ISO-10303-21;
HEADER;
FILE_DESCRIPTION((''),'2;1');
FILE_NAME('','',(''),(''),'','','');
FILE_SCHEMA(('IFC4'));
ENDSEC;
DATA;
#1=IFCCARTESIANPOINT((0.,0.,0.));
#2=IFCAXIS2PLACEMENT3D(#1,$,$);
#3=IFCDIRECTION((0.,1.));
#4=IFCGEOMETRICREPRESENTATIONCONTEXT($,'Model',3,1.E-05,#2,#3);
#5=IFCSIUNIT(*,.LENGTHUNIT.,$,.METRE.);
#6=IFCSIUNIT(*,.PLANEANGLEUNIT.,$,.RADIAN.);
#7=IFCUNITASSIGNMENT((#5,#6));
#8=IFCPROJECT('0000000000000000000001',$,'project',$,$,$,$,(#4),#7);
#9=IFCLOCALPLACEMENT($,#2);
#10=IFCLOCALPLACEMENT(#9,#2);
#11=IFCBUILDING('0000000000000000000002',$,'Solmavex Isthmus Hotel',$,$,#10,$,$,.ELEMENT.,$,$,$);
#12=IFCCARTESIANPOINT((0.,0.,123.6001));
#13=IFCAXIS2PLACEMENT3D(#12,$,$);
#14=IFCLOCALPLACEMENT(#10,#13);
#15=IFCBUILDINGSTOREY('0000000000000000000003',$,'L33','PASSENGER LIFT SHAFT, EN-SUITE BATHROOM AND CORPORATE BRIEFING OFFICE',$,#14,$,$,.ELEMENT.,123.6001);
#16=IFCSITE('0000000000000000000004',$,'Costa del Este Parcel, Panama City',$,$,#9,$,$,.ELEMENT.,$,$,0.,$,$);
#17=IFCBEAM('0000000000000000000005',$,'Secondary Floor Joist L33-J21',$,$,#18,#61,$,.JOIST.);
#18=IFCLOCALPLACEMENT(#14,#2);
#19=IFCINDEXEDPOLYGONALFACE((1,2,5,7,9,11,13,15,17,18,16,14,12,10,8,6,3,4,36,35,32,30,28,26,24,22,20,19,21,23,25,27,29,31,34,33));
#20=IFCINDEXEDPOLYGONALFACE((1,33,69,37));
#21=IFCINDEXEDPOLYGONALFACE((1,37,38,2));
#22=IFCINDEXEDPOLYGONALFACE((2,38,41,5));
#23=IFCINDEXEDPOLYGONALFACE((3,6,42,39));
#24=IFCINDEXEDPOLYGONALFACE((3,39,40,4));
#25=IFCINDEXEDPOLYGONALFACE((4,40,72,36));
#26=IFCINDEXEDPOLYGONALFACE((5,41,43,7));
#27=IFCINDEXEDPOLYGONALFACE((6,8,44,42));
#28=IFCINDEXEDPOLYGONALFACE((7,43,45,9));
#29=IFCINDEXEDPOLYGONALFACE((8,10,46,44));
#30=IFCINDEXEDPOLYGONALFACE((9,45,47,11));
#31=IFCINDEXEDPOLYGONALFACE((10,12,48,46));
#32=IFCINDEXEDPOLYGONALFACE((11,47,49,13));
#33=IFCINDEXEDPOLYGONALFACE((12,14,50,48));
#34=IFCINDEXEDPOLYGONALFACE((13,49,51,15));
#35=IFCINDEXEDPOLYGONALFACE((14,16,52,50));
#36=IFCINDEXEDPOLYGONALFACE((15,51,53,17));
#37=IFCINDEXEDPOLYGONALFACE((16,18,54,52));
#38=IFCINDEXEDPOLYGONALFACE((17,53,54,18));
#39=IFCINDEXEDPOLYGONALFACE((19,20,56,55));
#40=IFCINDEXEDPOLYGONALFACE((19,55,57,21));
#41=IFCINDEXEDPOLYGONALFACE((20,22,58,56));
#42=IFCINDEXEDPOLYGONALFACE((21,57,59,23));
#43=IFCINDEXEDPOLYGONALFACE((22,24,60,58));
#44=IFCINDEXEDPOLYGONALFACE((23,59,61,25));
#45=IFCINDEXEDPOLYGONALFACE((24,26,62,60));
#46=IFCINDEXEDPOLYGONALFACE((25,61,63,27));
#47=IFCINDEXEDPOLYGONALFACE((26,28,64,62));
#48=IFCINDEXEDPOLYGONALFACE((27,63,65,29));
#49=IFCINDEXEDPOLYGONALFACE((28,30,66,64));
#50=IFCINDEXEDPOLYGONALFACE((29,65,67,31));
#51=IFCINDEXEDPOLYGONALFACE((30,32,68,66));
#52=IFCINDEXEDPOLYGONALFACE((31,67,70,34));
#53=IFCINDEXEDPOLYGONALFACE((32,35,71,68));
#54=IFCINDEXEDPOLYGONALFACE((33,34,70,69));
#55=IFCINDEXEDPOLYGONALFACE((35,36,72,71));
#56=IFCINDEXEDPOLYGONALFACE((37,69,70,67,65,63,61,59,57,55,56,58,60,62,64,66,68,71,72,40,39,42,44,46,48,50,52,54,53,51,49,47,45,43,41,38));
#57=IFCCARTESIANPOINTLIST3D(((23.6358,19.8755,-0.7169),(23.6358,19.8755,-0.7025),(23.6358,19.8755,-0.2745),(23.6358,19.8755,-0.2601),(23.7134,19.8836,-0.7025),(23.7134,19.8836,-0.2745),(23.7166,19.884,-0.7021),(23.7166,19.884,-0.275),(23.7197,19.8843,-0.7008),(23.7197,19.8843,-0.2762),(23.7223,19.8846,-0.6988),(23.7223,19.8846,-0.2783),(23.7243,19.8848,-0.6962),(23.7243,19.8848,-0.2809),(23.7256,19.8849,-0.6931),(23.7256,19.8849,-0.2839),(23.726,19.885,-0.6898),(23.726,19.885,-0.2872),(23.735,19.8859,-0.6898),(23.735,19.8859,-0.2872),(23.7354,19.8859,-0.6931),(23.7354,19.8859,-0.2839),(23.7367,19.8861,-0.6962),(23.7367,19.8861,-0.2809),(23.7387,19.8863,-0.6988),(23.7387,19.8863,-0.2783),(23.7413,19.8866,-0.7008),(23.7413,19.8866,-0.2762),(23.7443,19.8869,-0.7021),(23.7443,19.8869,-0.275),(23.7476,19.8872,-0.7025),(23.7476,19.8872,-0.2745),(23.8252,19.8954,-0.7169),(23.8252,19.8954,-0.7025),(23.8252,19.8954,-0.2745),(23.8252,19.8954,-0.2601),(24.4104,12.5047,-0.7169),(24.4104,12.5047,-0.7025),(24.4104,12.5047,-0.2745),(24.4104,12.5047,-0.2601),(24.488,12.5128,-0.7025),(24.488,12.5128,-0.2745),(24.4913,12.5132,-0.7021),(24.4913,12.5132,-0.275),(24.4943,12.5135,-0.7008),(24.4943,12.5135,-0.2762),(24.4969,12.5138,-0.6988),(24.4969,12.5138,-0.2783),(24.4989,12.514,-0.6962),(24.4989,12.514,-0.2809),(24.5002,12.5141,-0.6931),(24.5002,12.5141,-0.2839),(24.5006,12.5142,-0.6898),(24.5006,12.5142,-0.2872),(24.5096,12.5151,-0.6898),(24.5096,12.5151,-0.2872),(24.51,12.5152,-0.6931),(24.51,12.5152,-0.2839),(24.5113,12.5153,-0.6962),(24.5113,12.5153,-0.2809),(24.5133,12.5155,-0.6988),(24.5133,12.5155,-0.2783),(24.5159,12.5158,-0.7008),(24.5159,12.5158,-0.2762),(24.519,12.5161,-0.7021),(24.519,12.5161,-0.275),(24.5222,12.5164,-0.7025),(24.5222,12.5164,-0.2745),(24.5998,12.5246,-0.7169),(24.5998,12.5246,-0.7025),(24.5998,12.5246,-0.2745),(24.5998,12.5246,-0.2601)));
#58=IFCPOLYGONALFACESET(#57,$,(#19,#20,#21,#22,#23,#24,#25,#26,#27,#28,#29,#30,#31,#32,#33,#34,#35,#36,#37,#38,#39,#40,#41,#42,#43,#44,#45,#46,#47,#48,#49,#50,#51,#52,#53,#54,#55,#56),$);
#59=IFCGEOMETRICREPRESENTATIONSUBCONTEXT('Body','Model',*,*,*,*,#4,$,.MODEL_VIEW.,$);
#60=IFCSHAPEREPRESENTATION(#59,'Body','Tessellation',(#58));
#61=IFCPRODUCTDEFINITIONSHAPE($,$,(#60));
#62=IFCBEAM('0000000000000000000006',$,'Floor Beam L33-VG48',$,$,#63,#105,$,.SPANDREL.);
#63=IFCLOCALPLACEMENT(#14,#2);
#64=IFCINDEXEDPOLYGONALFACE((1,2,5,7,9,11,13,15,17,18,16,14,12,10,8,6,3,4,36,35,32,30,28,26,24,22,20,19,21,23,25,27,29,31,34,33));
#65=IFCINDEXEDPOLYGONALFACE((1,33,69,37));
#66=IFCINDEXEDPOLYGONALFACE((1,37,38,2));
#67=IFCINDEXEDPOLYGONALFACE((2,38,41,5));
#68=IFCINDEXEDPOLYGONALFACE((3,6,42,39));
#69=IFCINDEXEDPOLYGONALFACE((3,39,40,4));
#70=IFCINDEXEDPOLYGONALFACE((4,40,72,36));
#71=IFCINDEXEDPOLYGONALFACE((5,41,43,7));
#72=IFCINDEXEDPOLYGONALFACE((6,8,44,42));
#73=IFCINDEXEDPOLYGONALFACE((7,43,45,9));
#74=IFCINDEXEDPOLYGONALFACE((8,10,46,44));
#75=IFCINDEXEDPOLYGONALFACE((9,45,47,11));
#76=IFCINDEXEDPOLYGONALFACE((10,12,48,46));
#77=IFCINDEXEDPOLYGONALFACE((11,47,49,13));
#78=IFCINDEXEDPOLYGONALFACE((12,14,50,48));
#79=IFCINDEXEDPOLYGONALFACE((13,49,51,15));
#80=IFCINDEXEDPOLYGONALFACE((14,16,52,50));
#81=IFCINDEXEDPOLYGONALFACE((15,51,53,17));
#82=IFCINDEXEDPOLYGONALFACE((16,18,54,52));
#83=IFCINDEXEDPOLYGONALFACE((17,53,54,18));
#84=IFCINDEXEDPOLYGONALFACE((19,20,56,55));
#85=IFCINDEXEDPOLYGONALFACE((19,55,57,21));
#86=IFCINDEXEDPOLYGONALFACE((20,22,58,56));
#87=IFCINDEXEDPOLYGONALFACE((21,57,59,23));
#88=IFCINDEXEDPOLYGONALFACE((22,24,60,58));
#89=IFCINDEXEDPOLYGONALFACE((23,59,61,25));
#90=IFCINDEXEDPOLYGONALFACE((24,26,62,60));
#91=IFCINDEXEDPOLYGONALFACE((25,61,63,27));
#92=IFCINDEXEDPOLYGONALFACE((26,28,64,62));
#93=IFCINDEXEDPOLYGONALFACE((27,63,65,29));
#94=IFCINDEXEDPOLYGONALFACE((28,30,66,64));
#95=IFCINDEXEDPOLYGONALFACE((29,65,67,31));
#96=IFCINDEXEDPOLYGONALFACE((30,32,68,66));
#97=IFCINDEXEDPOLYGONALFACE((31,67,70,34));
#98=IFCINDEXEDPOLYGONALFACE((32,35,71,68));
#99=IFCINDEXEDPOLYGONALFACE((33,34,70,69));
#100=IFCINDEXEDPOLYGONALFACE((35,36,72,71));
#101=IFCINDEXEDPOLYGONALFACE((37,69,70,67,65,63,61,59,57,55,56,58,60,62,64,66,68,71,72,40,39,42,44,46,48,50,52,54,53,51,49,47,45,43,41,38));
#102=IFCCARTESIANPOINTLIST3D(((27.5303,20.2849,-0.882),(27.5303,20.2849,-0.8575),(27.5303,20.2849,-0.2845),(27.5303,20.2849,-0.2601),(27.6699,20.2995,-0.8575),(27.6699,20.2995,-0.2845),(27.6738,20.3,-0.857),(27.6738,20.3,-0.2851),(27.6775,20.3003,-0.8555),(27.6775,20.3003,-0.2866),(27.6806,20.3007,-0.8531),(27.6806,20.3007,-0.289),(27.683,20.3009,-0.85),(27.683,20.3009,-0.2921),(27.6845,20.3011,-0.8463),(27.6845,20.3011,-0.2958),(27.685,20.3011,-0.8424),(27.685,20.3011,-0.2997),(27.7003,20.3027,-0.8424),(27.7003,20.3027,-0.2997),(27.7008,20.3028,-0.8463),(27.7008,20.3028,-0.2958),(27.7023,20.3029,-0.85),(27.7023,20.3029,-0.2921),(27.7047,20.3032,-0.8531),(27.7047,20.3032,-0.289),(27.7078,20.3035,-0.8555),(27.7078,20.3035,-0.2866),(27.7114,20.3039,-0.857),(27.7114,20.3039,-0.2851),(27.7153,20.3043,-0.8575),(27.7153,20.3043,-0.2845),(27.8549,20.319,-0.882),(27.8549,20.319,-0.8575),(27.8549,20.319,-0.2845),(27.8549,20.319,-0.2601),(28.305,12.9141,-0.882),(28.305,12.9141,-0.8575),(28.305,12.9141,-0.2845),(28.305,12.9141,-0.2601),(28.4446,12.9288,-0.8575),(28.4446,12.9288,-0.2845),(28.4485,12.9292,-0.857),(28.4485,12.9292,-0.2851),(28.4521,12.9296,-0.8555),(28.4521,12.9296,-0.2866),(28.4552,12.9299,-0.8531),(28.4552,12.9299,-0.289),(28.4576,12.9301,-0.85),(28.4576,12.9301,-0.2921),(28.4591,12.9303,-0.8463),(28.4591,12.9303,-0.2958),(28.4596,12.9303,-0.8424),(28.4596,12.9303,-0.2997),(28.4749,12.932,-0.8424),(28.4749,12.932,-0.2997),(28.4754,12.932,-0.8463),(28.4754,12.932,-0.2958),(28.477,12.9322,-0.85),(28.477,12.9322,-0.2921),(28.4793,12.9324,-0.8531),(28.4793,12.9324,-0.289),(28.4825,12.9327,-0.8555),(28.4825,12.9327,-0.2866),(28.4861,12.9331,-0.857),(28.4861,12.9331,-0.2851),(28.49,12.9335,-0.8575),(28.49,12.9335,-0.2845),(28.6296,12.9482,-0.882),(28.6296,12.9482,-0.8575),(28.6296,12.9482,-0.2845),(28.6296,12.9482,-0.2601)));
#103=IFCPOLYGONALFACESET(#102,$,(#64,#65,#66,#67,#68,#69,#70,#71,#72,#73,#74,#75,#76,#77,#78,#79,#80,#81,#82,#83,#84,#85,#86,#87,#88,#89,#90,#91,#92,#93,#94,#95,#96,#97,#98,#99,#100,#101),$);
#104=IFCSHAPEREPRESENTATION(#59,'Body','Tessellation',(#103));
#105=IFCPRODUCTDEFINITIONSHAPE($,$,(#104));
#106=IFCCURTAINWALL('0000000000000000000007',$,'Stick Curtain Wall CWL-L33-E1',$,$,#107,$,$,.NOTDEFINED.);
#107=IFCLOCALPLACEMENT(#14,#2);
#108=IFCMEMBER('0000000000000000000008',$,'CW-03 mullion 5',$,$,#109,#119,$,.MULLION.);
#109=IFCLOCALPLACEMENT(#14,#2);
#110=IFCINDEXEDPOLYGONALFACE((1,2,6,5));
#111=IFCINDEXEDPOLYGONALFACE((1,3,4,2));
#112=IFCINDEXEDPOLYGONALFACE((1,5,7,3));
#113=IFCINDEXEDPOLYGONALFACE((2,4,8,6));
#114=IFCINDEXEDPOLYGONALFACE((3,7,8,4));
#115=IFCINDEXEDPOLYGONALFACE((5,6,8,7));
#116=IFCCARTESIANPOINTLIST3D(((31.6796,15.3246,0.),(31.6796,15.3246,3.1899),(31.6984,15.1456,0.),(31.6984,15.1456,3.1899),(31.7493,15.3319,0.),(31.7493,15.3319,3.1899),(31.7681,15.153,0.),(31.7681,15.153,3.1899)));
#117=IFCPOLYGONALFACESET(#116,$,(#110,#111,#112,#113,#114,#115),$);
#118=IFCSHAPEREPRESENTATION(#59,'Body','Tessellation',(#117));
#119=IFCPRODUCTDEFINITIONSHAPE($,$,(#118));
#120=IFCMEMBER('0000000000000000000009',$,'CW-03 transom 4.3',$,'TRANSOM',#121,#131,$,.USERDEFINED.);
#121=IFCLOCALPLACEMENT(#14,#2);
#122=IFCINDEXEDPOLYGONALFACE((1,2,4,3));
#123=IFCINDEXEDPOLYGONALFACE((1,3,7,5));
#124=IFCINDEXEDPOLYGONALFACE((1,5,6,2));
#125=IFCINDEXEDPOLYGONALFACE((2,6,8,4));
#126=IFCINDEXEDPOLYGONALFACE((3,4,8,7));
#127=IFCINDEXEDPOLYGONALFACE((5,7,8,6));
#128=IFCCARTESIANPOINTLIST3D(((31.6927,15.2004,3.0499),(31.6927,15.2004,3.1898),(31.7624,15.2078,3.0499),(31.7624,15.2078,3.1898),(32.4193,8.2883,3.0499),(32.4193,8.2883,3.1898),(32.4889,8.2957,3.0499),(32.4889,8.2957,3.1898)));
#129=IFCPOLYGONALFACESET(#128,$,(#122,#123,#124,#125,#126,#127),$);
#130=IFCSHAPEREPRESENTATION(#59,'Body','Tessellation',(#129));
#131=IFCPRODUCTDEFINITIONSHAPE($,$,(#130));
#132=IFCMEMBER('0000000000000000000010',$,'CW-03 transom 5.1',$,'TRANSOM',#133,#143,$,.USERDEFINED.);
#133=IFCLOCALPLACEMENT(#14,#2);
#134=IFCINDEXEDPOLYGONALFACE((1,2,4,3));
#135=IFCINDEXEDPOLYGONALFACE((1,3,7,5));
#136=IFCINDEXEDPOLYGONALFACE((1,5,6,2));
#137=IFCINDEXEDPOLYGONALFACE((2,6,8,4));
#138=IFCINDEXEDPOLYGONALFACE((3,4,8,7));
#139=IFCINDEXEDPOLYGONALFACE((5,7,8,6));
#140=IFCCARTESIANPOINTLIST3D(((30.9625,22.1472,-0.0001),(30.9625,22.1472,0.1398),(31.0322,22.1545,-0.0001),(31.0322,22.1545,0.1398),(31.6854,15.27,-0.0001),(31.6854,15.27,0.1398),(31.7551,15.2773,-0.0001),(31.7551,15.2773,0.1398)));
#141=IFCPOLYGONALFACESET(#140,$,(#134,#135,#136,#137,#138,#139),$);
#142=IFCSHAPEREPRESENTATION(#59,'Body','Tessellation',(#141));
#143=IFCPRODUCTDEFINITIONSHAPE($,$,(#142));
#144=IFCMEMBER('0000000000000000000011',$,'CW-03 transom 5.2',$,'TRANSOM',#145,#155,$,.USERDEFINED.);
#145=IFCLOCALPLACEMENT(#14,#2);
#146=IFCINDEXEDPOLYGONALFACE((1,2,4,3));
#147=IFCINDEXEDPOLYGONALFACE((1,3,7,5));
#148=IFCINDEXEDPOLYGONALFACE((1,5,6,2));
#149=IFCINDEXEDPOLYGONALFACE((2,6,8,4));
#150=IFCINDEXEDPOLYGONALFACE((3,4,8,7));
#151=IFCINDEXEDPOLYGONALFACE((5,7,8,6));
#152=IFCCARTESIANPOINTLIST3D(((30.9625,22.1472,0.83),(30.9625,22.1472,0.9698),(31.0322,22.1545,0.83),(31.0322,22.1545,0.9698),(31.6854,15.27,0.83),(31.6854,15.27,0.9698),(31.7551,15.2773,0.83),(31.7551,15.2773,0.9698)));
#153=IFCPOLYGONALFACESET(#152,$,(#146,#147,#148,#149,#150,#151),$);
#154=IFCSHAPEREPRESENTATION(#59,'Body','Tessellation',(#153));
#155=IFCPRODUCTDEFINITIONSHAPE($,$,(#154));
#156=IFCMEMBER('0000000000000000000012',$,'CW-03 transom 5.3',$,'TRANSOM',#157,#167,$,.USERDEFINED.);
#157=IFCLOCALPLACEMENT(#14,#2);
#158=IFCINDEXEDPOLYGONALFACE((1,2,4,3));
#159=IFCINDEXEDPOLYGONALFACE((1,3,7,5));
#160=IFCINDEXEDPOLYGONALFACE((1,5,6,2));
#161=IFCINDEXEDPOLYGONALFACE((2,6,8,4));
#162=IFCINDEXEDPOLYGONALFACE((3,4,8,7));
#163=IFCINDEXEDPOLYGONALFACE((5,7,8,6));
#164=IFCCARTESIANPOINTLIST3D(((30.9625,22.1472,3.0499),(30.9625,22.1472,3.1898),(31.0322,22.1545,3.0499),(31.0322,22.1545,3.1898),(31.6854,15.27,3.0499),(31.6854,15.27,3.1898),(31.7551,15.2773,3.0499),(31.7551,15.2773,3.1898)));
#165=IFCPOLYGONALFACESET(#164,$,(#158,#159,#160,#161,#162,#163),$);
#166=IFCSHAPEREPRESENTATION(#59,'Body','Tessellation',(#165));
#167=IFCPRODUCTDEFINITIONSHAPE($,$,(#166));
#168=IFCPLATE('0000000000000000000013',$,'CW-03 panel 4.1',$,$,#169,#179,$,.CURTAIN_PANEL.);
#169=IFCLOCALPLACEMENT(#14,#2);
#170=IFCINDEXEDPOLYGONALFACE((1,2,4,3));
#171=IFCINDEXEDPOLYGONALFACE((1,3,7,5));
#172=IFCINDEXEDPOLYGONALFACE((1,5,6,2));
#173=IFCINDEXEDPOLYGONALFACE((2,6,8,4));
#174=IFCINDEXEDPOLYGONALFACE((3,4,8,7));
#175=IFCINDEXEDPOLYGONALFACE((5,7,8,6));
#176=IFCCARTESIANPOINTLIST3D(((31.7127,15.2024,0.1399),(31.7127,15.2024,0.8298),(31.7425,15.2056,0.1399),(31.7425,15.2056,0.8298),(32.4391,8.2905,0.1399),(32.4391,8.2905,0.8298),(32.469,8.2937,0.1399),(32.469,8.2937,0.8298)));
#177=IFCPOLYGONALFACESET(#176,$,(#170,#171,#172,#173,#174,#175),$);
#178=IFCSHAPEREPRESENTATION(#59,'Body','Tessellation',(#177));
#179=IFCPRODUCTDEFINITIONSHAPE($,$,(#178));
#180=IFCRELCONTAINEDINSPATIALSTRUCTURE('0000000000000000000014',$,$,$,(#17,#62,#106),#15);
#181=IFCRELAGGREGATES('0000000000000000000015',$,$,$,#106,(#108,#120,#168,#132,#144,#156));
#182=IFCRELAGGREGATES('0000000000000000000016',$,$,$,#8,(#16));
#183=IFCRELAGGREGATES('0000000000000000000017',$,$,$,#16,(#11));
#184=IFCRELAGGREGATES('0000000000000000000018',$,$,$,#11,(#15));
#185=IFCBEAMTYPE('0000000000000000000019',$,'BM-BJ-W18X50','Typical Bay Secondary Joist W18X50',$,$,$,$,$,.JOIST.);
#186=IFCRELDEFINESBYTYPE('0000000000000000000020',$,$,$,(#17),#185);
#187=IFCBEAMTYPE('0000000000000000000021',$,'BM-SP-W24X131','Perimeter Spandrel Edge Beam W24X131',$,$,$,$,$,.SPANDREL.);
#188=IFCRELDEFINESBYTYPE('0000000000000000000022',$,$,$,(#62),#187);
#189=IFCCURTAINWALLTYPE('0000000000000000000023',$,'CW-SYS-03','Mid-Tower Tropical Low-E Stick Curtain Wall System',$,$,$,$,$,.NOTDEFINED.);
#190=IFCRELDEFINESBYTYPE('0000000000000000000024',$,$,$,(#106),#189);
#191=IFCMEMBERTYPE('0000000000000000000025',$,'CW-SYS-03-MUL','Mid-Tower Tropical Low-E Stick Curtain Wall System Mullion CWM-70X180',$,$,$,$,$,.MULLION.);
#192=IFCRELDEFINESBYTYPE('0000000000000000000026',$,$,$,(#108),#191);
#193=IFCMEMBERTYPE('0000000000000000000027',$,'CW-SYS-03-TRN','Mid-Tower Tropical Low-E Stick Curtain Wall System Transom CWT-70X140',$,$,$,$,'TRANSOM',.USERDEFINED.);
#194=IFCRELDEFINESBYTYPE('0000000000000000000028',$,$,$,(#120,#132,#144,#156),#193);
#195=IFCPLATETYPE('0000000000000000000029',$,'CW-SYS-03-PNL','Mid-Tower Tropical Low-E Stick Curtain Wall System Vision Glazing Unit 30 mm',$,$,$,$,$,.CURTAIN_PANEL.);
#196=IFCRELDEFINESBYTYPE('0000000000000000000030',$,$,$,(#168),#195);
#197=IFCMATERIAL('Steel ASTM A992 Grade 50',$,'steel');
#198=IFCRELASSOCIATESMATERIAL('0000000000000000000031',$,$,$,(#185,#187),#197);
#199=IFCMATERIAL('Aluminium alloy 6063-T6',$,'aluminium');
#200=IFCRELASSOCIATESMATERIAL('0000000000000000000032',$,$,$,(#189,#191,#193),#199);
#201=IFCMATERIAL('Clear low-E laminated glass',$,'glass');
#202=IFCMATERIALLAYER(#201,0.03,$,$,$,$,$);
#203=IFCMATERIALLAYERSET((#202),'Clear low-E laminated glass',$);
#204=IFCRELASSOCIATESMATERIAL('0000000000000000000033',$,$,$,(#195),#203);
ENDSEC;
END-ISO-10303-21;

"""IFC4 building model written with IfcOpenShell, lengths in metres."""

from ifc_helpers import new_model, si_unit, direction, frame, origin, origin_2d, place, context, subcontext, project, spatial, rectangle, i_section, extrude, material, layer, layer_set, material_profile, profile_set, type_object, element, aggregate, save


model = new_model("IFC4")

# Units and contexts
model_context = context("Model", 3, precision=1e-05, world=origin(), true_north=direction((0.0, 1.0)))
body_context = subcontext(model_context, "Body", "Model", "MODEL_VIEW")
ifc_project = project(units=[si_unit("LENGTHUNIT", "METRE"), si_unit("PLANEANGLEUNIT", "RADIAN")], contexts=[model_context])

# Site, building, storey
site_placement = place(None, origin())
site = spatial("IfcSite", under=ifc_project, at=site_placement, Name="Costa del Este Parcel, Panama City", CompositionType="ELEMENT", RefElevation=0.0)
building_placement = place(site_placement, origin())
building = spatial("IfcBuilding", under=site, at=building_placement, Name="Solmavex Isthmus Hotel", CompositionType="ELEMENT")
storey_placement = place(building_placement, frame((0.0, 0.0, 123.6001)))
storey = spatial("IfcBuildingStorey", under=building, at=storey_placement, Name="L33", Description="PASSENGER LIFT SHAFT, EN-SUITE BATHROOM AND CORPORATE BRIEFING OFFICE", CompositionType="ELEMENT", Elevation=123.6001)

# Beams
ifc_material_1 = material(Name="Steel ASTM A992 Grade 50", Category="steel")
ifc_material_profile_1 = material_profile(ifc_material_1, i_section(OverallWidth=0.1904, OverallDepth=0.4568, WebThickness=0.009, FlangeThickness=0.0144, FilletRadius=0.0127, at=origin_2d()), Name="W18X50")
ifc_profile_set_1 = profile_set([ifc_material_profile_1], Name="Steel ASTM A992 Grade 50")
beam_type_1 = type_object("IfcBeamType", Name="BM-BJ-W18X50", Description="Typical Bay Secondary Joist W18X50", PredefinedType="JOIST", material=ifc_profile_set_1)
beam_1_placement = place(storey_placement, frame((24.5051, 12.5146, -0.4885), z_axis=(-0.104522, 0.994523, 0.0), x_axis=(-0.994523, -0.104522, 0.0)))
element("IfcBeam", 1, at=beam_1_placement, inside=storey, type_object=beam_type_1, Name="Secondary Floor Joist L33-J21", PredefinedType="JOIST", context=body_context, shape_type="SweptSolid", body=[
    extrude(i_section(OverallWidth=0.1904, OverallDepth=0.4568, WebThickness=0.009, FlangeThickness=0.0144, FilletRadius=0.0127, at=origin_2d()), origin(), (0.0, 0.0, 1.0), 7.4114),
])
ifc_material_profile_2 = material_profile(ifc_material_1, i_section(OverallWidth=0.3264, OverallDepth=0.6218, WebThickness=0.0154, FlangeThickness=0.0244, FilletRadius=0.0151, at=origin_2d()), Name="W24X131")
ifc_profile_set_2 = profile_set([ifc_material_profile_2], Name="Steel ASTM A992 Grade 50")
beam_type_2 = type_object("IfcBeamType", Name="BM-SP-W24X131", Description="Perimeter Spandrel Edge Beam W24X131", PredefinedType="SPANDREL", material=ifc_profile_set_2)
beam_2_placement = place(storey_placement, frame((28.4673, 12.9312, -0.571), z_axis=(-0.104522, 0.994523, 0.0), x_axis=(-0.994523, -0.104522, 0.0)))
element("IfcBeam", 2, at=beam_2_placement, inside=storey, type_object=beam_type_2, Name="Floor Beam L33-VG48", PredefinedType="SPANDREL", context=body_context, shape_type="SweptSolid", body=[
    extrude(i_section(OverallWidth=0.3264, OverallDepth=0.6218, WebThickness=0.0154, FlangeThickness=0.0244, FilletRadius=0.0151, at=origin_2d()), origin(), (0.0, 0.0, 1.0), 7.4114),
])

# Curtain wall, members, plate
ifc_material_2 = material(Name="Aluminium alloy 6063-T6", Category="aluminium")
curtain_wall_type = type_object("IfcCurtainWallType", Name="CW-SYS-03", Description="Mid-Tower Tropical Low-E Stick Curtain Wall System", PredefinedType="NOTDEFINED", material=ifc_material_2)
curtain_wall_placement = place(storey_placement, origin())
curtain_wall = element("IfcCurtainWall", 3, at=curtain_wall_placement, inside=storey, type_object=curtain_wall_type, Name="Stick Curtain Wall CWL-L33-E1", PredefinedType="NOTDEFINED")
ifc_material_profile_3 = material_profile(ifc_material_2, rectangle(XDim=0.0701, YDim=0.1799, at=origin_2d()), Name="CWM-70X180")
ifc_profile_set_3 = profile_set([ifc_material_profile_3], Name="Aluminium alloy 6063-T6")
member_type_1 = type_object("IfcMemberType", Name="CW-SYS-03-MUL", Description="Mid-Tower Tropical Low-E Stick Curtain Wall System Mullion CWM-70X180", PredefinedType="MULLION", material=ifc_profile_set_3)
member_1_placement = place(storey_placement, frame((31.7239, 15.2388, 0.0), z_axis=(0.0, 0.0, 1.0), x_axis=(-0.994522, -0.104528, 0.0)))
member_1 = element("IfcMember", 4, at=member_1_placement, type_object=member_type_1, Name="CW-03 mullion 5", PredefinedType="MULLION", context=body_context, shape_type="SweptSolid", body=[
    extrude(rectangle(XDim=0.0701, YDim=0.1799, at=origin_2d()), origin(), (0.0, 0.0, 1.0), 3.1899),
])
ifc_material_profile_4 = material_profile(ifc_material_2, rectangle(XDim=0.0701, YDim=0.1399, at=origin_2d()), Name="CWT-70X140")
ifc_profile_set_4 = profile_set([ifc_material_profile_4], Name="Aluminium alloy 6063-T6")
member_type_2 = type_object("IfcMemberType", Name="CW-SYS-03-TRN", Description="Mid-Tower Tropical Low-E Stick Curtain Wall System Transom CWT-70X140", ElementType="TRANSOM", PredefinedType="USERDEFINED", material=ifc_profile_set_4)
member_2_placement = place(storey_placement, frame((32.4541, 8.292, 3.1199), z_axis=(-0.104539, 0.994521, 0.0), x_axis=(-0.994521, -0.104539, 0.0)))
member_2 = element("IfcMember", 5, at=member_2_placement, type_object=member_type_2, Name="CW-03 transom 4.3", ObjectType="TRANSOM", PredefinedType="USERDEFINED", context=body_context, shape_type="SweptSolid", body=[
    extrude(rectangle(XDim=0.0701, YDim=0.1399, at=origin_2d()), origin(), (0.0, 0.0, 1.0), 6.9502),
])
member_3_placement = place(storey_placement, frame((31.7202, 15.2737, 0.0698), z_axis=(-0.10454, 0.994521, 0.0), x_axis=(-0.994521, -0.10454, 0.0)))
member_3 = element("IfcMember", 6, at=member_3_placement, type_object=member_type_2, Name="CW-03 transom 5.1", ObjectType="TRANSOM", PredefinedType="USERDEFINED", context=body_context, shape_type="SweptSolid", body=[
    extrude(rectangle(XDim=0.0701, YDim=0.1399, at=origin_2d()), origin(), (0.0, 0.0, 1.0), 6.915),
])
member_4_placement = place(storey_placement, frame((31.7202, 15.2737, 0.8999), z_axis=(-0.10454, 0.994521, 0.0), x_axis=(-0.994521, -0.10454, 0.0)))
member_4 = element("IfcMember", 7, at=member_4_placement, type_object=member_type_2, Name="CW-03 transom 5.2", ObjectType="TRANSOM", PredefinedType="USERDEFINED", context=body_context, shape_type="SweptSolid", body=[
    extrude(rectangle(XDim=0.0701, YDim=0.1399, at=origin_2d()), origin(), (0.0, 0.0, 1.0), 6.915),
])
member_5_placement = place(storey_placement, frame((31.7202, 15.2737, 3.1199), z_axis=(-0.10454, 0.994521, 0.0), x_axis=(-0.994521, -0.10454, 0.0)))
member_5 = element("IfcMember", 8, at=member_5_placement, type_object=member_type_2, Name="CW-03 transom 5.3", ObjectType="TRANSOM", PredefinedType="USERDEFINED", context=body_context, shape_type="SweptSolid", body=[
    extrude(rectangle(XDim=0.0701, YDim=0.1399, at=origin_2d()), origin(), (0.0, 0.0, 1.0), 6.915),
])
ifc_material_3 = material(Name="Clear low-E laminated glass", Category="glass")
ifc_layer_1 = layer(ifc_material_3, 0.03)
ifc_layer_set_1 = layer_set([ifc_layer_1], Name="Clear low-E laminated glass")
plate_type = type_object("IfcPlateType", Name="CW-SYS-03-PNL", Description="Mid-Tower Tropical Low-E Stick Curtain Wall System Vision Glazing Unit 30 mm", PredefinedType="CURTAIN_PANEL", material=ifc_layer_set_1)
plate_1_placement = place(storey_placement, frame((32.0908, 11.748, 0.1399), z_axis=(0.0, 0.0, 1.0), x_axis=(-0.104528, 0.994522, 0.0)))
plate_1 = element("IfcPlate", 9, at=plate_1_placement, type_object=plate_type, Name="CW-03 panel 4.1", PredefinedType="CURTAIN_PANEL", context=body_context, shape_type="SweptSolid", body=[
    extrude(rectangle(XDim=6.95, YDim=0.03, at=origin_2d()), origin(), (0.0, 0.0, 1.0), 0.6899),
])
aggregate(curtain_wall, [member_1, member_2, plate_1, member_3, member_4, member_5])

save(model, "model.ifc")
